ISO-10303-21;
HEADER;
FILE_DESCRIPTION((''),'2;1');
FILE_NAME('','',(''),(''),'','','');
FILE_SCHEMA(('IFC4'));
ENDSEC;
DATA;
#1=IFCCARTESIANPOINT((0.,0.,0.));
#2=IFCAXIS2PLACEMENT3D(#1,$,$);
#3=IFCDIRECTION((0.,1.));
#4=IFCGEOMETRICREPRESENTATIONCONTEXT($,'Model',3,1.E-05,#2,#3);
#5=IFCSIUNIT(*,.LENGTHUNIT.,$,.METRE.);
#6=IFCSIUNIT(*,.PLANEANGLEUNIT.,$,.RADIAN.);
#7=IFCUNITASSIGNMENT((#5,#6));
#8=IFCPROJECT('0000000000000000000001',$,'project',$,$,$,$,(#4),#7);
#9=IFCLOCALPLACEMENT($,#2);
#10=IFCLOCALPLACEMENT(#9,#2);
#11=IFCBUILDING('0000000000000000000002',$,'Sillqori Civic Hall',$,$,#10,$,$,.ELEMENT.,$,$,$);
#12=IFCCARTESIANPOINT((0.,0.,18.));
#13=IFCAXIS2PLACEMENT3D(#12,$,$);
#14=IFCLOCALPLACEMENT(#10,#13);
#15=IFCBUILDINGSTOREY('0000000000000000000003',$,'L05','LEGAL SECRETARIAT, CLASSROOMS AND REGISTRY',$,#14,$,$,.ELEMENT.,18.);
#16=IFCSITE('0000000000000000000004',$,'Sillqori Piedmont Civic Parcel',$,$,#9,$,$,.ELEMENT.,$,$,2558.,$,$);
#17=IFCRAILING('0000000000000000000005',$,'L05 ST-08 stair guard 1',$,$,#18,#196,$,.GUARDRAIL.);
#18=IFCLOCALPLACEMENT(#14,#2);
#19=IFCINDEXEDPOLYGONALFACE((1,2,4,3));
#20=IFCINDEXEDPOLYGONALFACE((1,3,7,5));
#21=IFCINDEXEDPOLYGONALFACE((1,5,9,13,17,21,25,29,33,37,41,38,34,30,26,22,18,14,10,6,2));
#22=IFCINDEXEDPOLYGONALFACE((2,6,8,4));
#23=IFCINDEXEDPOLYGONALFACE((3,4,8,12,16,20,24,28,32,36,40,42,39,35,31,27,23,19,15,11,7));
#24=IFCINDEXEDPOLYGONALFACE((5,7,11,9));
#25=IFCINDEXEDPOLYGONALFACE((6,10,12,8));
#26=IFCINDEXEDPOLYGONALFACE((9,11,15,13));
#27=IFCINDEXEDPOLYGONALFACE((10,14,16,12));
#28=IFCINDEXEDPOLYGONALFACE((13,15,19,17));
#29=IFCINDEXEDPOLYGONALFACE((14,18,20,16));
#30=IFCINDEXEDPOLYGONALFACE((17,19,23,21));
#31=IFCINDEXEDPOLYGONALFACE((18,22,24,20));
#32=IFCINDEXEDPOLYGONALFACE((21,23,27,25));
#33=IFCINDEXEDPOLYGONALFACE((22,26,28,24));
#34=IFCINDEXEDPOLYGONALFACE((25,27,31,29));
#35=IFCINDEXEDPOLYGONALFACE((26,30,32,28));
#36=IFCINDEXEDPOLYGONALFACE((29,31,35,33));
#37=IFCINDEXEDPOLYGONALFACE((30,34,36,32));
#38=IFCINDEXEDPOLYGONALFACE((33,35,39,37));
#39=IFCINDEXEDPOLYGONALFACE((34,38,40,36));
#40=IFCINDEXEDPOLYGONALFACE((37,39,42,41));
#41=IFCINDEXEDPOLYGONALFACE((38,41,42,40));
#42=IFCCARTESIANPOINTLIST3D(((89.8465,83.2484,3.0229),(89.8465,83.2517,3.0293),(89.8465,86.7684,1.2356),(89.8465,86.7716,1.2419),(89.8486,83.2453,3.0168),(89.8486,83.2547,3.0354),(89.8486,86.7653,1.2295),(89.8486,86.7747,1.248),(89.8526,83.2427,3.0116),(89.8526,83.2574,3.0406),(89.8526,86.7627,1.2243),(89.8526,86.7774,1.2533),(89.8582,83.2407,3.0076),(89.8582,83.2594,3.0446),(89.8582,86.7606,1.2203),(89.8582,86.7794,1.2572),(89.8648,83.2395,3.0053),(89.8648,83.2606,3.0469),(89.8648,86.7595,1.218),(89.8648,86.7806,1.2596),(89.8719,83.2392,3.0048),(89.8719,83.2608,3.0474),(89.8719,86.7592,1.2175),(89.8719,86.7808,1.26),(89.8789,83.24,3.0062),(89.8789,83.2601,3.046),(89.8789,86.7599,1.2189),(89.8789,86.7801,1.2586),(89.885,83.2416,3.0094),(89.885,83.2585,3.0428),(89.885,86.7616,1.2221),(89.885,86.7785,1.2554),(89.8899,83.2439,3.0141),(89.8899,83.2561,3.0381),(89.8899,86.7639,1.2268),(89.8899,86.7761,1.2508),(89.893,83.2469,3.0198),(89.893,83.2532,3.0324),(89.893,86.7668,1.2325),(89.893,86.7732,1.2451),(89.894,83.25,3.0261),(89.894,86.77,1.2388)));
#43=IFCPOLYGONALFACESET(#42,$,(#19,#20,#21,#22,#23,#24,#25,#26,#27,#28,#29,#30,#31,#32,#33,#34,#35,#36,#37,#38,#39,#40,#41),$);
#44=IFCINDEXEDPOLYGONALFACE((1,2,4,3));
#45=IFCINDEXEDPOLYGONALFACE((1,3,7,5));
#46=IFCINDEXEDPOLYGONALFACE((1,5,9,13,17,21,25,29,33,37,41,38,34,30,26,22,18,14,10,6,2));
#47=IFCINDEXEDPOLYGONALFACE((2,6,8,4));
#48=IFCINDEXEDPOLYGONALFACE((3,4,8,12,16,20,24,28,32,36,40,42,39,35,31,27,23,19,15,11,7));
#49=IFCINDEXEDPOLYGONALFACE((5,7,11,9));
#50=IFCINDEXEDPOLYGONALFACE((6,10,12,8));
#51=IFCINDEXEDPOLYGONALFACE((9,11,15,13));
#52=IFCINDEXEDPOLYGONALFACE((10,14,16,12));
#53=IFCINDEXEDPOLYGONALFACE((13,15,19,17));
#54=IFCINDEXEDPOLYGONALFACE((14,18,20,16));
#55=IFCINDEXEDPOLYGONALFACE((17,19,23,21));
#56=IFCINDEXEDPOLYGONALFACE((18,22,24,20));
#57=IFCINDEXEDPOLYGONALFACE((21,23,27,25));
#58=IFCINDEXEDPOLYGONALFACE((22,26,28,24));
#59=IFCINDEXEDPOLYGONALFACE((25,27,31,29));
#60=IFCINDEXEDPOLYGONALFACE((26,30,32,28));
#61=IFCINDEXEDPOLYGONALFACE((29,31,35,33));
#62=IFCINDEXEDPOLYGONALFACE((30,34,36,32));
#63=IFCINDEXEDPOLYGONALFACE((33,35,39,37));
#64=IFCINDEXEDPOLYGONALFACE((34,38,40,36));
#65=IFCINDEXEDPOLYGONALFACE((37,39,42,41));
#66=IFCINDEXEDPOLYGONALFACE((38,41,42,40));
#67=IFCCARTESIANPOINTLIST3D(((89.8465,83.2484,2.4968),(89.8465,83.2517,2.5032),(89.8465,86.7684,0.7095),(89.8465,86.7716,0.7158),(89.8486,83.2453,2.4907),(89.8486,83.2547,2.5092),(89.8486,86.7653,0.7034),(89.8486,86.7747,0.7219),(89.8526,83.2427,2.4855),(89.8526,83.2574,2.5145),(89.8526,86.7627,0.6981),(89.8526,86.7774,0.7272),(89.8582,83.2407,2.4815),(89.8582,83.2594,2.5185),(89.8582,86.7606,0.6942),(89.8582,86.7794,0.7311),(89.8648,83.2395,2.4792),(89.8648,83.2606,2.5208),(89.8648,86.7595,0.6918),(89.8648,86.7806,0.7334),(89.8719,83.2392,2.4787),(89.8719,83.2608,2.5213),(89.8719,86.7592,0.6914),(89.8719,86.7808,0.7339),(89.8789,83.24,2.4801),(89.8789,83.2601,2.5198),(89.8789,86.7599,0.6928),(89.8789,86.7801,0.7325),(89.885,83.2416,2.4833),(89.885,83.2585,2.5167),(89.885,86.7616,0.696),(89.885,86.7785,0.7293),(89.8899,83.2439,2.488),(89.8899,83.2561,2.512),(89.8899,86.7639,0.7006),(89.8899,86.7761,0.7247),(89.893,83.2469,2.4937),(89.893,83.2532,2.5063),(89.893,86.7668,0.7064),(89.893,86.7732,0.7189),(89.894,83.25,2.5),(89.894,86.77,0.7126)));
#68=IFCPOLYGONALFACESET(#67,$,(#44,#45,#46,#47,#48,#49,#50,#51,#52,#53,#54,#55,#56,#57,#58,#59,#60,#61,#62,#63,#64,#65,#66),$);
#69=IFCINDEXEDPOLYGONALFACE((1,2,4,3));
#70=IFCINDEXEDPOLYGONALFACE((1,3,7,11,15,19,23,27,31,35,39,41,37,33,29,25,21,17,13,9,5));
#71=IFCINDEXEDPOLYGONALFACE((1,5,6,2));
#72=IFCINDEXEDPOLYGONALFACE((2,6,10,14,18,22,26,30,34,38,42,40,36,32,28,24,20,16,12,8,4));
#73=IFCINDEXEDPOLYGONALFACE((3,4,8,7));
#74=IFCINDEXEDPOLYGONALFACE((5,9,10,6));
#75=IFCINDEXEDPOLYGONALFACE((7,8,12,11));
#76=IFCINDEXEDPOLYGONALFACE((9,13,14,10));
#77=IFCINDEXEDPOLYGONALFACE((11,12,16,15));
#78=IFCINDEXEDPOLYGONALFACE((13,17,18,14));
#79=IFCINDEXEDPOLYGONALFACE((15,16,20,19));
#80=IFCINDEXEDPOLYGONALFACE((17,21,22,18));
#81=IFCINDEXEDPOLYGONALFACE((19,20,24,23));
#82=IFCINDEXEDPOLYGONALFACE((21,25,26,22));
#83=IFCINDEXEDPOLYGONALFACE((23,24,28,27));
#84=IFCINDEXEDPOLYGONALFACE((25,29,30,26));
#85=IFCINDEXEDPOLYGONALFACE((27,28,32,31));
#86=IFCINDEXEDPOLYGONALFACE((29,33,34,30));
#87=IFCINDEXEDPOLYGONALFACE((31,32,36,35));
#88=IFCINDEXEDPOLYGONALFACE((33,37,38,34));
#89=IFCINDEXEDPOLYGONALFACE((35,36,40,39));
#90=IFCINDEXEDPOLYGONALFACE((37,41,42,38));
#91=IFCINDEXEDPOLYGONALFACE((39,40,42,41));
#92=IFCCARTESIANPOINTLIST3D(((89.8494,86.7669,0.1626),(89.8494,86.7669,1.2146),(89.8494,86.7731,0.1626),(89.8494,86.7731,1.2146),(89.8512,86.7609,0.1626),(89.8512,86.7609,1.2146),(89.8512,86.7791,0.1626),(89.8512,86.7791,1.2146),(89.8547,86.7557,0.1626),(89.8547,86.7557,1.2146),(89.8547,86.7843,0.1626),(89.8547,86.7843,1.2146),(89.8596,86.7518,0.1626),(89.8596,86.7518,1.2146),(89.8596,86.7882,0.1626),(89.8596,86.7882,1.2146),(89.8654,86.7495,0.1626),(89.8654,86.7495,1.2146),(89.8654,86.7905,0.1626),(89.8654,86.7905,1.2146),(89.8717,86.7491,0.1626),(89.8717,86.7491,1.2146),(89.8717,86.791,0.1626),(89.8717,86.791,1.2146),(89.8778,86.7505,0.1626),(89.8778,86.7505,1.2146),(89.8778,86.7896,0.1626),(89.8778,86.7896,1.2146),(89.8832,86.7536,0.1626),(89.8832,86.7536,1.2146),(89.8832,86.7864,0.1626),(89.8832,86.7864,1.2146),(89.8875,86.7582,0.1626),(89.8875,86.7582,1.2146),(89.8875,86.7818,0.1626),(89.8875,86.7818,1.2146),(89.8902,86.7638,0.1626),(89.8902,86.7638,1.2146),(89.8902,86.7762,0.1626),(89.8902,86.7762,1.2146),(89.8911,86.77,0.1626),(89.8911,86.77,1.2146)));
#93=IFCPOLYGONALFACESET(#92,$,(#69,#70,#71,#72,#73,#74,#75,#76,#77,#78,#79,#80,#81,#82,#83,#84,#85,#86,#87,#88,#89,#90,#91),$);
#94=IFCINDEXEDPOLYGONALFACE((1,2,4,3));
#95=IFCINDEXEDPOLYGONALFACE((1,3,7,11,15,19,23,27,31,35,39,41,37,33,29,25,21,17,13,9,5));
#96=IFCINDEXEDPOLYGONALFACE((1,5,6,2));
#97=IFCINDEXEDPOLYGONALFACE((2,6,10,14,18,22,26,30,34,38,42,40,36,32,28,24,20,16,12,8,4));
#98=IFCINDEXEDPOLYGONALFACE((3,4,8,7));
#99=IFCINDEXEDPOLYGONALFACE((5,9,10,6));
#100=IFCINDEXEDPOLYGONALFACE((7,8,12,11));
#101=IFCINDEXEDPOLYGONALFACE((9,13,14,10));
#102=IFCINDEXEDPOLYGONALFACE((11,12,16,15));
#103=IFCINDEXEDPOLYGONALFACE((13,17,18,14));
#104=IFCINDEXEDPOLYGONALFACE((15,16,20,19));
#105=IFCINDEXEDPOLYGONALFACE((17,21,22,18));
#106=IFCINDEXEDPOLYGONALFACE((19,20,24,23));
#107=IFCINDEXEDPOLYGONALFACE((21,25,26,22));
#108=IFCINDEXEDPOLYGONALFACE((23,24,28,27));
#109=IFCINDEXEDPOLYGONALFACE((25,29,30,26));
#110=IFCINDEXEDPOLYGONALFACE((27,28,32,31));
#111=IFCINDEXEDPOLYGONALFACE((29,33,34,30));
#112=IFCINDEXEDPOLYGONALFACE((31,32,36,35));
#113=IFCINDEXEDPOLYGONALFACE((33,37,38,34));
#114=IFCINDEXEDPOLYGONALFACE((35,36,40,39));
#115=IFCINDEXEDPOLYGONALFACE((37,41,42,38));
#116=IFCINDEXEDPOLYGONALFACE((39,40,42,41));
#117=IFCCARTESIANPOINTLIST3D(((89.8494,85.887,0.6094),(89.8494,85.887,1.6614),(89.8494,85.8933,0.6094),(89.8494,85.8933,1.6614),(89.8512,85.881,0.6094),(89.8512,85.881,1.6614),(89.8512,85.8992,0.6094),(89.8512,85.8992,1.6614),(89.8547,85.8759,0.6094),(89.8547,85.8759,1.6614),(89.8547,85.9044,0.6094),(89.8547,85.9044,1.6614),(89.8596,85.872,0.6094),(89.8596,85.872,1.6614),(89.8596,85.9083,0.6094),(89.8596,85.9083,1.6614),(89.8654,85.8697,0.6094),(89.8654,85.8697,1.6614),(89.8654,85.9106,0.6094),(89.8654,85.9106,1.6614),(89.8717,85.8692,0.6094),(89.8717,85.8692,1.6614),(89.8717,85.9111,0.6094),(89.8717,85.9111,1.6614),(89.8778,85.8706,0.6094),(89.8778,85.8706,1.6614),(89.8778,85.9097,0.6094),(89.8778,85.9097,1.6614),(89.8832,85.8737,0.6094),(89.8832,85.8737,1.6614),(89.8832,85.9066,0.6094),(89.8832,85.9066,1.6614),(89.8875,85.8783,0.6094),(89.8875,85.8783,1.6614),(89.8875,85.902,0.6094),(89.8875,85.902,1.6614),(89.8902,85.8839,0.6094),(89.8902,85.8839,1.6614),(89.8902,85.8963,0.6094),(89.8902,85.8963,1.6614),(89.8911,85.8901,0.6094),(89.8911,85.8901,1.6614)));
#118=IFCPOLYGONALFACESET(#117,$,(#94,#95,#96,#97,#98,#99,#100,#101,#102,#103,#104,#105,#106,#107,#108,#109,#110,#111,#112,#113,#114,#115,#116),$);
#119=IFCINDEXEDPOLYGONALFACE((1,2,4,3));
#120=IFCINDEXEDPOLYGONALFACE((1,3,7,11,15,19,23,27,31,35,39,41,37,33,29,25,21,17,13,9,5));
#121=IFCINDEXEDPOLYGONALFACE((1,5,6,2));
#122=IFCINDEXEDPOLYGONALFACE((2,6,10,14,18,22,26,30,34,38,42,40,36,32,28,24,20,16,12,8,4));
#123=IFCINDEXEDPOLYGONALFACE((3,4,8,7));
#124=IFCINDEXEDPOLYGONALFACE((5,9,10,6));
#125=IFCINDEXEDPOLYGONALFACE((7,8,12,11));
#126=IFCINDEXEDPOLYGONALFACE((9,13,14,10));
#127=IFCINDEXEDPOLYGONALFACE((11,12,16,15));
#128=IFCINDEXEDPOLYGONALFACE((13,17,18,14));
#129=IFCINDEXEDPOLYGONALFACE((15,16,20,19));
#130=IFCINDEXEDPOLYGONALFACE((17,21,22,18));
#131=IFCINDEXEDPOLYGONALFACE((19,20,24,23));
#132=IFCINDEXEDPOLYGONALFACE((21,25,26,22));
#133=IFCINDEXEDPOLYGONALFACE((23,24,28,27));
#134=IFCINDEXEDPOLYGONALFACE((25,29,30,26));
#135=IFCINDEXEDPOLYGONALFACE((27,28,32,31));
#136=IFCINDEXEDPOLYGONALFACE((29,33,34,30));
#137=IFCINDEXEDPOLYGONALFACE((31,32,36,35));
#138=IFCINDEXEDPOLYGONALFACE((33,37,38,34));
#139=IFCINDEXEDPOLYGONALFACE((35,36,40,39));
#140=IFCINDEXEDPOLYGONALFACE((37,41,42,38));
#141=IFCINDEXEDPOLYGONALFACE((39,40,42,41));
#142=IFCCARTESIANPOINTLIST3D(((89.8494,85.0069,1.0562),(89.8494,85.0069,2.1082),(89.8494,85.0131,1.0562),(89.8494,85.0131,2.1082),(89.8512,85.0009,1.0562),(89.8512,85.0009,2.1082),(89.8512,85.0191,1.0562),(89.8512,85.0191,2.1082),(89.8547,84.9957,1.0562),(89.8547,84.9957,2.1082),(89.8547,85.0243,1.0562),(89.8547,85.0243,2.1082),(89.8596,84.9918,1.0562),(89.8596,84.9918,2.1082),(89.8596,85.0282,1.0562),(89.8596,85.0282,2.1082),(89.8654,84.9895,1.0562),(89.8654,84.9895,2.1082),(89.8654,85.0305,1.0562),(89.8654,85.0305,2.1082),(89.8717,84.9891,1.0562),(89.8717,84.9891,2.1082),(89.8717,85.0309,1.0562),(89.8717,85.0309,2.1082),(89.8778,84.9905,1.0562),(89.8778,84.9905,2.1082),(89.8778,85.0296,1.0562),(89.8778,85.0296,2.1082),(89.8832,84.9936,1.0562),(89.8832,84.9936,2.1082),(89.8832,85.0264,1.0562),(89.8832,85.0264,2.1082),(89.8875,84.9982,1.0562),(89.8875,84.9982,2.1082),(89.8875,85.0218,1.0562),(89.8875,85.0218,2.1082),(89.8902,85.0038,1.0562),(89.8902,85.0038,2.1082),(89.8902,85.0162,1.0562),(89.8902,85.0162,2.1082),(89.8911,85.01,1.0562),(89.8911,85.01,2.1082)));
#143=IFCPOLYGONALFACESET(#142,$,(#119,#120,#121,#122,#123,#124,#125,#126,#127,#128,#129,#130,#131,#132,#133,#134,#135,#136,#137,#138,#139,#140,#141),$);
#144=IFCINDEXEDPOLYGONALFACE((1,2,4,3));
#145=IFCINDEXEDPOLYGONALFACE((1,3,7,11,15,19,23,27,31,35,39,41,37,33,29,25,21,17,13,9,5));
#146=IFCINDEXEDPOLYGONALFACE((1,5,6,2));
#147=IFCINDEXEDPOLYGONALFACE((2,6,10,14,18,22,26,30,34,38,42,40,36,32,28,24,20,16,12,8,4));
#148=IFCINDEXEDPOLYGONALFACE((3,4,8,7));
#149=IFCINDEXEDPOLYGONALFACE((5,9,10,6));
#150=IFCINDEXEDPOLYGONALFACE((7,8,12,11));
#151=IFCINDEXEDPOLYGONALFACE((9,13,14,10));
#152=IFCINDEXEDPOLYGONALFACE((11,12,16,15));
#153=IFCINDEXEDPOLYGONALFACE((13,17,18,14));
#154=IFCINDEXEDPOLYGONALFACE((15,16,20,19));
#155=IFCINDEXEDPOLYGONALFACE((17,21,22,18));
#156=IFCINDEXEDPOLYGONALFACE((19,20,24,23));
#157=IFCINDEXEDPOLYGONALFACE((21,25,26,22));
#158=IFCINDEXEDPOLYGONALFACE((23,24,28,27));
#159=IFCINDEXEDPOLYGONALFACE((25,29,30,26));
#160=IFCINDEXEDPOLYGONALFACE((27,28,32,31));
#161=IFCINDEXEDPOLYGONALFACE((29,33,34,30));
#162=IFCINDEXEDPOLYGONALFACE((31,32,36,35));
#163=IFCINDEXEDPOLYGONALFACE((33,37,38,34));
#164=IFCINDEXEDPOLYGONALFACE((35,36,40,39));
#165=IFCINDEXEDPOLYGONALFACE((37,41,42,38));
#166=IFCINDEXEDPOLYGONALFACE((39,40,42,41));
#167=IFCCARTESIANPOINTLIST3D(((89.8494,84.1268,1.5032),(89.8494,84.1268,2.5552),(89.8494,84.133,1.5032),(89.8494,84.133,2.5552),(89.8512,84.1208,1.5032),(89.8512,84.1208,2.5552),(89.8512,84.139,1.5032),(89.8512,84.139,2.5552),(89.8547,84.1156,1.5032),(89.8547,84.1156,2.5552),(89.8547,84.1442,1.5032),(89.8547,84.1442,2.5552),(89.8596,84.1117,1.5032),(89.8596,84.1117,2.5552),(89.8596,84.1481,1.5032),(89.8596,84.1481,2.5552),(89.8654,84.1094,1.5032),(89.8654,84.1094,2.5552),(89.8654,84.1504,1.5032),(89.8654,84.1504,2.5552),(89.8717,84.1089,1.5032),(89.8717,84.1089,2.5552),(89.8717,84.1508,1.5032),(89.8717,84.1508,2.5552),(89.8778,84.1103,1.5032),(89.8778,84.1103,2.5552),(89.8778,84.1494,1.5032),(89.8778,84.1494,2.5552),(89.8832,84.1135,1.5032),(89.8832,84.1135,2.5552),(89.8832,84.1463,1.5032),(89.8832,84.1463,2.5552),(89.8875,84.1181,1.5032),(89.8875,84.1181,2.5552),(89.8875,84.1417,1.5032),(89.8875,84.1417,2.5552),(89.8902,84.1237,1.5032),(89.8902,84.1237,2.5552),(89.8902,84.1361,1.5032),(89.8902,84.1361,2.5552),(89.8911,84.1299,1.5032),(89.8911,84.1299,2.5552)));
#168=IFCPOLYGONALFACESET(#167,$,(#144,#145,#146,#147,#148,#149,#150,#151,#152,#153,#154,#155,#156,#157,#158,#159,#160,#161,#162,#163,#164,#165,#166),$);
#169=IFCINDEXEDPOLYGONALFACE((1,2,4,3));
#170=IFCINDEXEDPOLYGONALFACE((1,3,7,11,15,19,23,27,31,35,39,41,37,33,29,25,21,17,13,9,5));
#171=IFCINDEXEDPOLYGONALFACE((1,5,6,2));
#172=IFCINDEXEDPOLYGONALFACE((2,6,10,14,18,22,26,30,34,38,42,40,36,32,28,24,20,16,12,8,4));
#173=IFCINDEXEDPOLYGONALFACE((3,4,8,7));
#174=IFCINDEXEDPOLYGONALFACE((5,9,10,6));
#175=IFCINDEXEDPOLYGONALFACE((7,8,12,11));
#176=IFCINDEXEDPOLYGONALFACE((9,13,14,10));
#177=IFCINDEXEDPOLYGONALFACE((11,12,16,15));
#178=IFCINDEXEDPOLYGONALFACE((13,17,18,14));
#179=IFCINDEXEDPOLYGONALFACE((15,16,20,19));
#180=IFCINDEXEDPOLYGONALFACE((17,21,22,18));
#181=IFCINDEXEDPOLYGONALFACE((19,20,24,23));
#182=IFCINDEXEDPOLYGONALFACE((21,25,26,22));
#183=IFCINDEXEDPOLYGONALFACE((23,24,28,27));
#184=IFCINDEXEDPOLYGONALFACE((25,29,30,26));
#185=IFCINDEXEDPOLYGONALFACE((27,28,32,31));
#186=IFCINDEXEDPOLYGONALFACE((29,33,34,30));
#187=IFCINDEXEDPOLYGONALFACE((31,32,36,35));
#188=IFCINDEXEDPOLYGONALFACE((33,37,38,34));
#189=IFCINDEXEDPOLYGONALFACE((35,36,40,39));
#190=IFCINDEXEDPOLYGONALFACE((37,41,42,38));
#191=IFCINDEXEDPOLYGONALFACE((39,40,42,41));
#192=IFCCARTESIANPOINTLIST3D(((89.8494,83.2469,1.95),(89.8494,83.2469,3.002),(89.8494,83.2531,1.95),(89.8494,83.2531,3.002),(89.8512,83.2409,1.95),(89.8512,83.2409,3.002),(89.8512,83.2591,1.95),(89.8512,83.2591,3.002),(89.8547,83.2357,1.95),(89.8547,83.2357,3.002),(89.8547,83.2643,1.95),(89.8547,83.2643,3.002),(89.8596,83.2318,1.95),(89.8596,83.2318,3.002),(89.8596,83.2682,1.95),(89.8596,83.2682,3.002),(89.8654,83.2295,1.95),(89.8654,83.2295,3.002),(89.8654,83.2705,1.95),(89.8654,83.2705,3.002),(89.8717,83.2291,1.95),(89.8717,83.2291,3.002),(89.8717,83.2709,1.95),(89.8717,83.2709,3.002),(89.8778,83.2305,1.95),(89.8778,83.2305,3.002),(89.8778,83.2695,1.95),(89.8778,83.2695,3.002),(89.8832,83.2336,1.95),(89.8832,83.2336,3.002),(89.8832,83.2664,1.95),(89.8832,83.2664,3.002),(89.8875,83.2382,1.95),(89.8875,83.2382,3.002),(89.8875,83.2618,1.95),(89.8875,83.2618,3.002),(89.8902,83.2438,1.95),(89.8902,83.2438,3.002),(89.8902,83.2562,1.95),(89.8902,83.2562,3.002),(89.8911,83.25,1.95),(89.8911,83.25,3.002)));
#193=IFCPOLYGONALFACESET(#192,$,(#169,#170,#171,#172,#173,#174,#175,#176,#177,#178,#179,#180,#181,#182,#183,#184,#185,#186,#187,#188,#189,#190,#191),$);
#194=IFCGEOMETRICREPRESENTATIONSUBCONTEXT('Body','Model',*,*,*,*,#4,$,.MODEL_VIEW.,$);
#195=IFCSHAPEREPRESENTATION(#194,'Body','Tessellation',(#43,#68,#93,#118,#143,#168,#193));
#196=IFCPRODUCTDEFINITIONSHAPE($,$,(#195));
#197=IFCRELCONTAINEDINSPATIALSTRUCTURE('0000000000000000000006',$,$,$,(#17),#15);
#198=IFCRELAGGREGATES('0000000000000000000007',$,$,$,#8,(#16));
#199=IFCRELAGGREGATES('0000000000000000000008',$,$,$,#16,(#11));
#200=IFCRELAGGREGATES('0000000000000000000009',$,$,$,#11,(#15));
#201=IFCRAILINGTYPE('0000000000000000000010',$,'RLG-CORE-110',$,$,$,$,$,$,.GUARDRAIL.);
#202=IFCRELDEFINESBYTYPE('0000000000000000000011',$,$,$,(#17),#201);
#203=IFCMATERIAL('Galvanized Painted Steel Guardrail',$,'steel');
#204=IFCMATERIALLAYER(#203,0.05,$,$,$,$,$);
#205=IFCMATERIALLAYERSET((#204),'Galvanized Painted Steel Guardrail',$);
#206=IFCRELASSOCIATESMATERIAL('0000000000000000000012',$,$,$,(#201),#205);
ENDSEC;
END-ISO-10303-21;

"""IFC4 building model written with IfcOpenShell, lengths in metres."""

from ifc_helpers import new_model, si_unit, direction, frame, origin, origin_2d, place, context, subcontext, project, spatial, circle, extrude, material, layer, layer_set, type_object, element, save


model = new_model("IFC4")

# Units and contexts
model_context = context("Model", 3, precision=1e-05, world=origin(), true_north=direction((0.0, 1.0)))
body_context = subcontext(model_context, "Body", "Model", "MODEL_VIEW")
ifc_project = project(units=[si_unit("LENGTHUNIT", "METRE"), si_unit("PLANEANGLEUNIT", "RADIAN")], contexts=[model_context])

# Site, building, storey
site_placement = place(None, origin())
site = spatial("IfcSite", under=ifc_project, at=site_placement, Name="Sillqori Piedmont Civic Parcel", CompositionType="ELEMENT", RefElevation=2558.0)
building_placement = place(site_placement, origin())
building = spatial("IfcBuilding", under=site, at=building_placement, Name="Sillqori Civic Hall", CompositionType="ELEMENT")
storey_placement = place(building_placement, frame((0.0, 0.0, 18.0)))
storey = spatial("IfcBuildingStorey", under=building, at=storey_placement, Name="L05", Description="LEGAL SECRETARIAT, CLASSROOMS AND REGISTRY", CompositionType="ELEMENT", Elevation=18.0)

# Railing
ifc_material_1 = material(Name="Galvanized Painted Steel Guardrail", Category="steel")
ifc_layer_1 = layer(ifc_material_1, 0.05)
ifc_layer_set_1 = layer_set([ifc_layer_1], Name="Galvanized Painted Steel Guardrail")
railing_type_1 = type_object("IfcRailingType", Name="RLG-CORE-110", PredefinedType="GUARDRAIL", material=ifc_layer_set_1)
railing_1_placement = place(storey_placement, frame((89.8701, 86.77, 0.1626)))
element("IfcRailing", 1, at=railing_1_placement, inside=storey, type_object=railing_type_1, Name="L05 ST-08 stair guard 1", PredefinedType="GUARDRAIL", context=body_context, shape_type="SweptSolid", body=[
    extrude(circle(Radius=0.0239, at=origin_2d()), frame((0.0, 0.0, 1.0762), z_axis=(0.0, -0.89164, 0.452746), x_axis=(1.0, 0.0, 0.0)), (0.0, 0.0, 1.0), 3.9478),
    extrude(circle(Radius=0.0239, at=origin_2d()), frame((0.0, 0.0, 0.55), z_axis=(0.0, -0.89164, 0.452746), x_axis=(1.0, 0.0, 0.0)), (0.0, 0.0, 1.0), 3.9478),
    extrude(circle(Radius=0.021, at=origin_2d()), origin(), (0.0, 0.0, 1.0), 1.052),
    extrude(circle(Radius=0.021, at=origin_2d()), frame((0.0, -0.8799, 0.4468)), (0.0, 0.0, 1.0), 1.052),
    extrude(circle(Radius=0.021, at=origin_2d()), frame((0.0, -1.76, 0.8936)), (0.0, 0.0, 1.0), 1.052),
    extrude(circle(Radius=0.021, at=origin_2d()), frame((0.0, -2.6401, 1.3406)), (0.0, 0.0, 1.0), 1.052),
    extrude(circle(Radius=0.021, at=origin_2d()), frame((0.0, -3.52, 1.7874)), (0.0, 0.0, 1.0), 1.052),
])

save(model, "model.ifc")
